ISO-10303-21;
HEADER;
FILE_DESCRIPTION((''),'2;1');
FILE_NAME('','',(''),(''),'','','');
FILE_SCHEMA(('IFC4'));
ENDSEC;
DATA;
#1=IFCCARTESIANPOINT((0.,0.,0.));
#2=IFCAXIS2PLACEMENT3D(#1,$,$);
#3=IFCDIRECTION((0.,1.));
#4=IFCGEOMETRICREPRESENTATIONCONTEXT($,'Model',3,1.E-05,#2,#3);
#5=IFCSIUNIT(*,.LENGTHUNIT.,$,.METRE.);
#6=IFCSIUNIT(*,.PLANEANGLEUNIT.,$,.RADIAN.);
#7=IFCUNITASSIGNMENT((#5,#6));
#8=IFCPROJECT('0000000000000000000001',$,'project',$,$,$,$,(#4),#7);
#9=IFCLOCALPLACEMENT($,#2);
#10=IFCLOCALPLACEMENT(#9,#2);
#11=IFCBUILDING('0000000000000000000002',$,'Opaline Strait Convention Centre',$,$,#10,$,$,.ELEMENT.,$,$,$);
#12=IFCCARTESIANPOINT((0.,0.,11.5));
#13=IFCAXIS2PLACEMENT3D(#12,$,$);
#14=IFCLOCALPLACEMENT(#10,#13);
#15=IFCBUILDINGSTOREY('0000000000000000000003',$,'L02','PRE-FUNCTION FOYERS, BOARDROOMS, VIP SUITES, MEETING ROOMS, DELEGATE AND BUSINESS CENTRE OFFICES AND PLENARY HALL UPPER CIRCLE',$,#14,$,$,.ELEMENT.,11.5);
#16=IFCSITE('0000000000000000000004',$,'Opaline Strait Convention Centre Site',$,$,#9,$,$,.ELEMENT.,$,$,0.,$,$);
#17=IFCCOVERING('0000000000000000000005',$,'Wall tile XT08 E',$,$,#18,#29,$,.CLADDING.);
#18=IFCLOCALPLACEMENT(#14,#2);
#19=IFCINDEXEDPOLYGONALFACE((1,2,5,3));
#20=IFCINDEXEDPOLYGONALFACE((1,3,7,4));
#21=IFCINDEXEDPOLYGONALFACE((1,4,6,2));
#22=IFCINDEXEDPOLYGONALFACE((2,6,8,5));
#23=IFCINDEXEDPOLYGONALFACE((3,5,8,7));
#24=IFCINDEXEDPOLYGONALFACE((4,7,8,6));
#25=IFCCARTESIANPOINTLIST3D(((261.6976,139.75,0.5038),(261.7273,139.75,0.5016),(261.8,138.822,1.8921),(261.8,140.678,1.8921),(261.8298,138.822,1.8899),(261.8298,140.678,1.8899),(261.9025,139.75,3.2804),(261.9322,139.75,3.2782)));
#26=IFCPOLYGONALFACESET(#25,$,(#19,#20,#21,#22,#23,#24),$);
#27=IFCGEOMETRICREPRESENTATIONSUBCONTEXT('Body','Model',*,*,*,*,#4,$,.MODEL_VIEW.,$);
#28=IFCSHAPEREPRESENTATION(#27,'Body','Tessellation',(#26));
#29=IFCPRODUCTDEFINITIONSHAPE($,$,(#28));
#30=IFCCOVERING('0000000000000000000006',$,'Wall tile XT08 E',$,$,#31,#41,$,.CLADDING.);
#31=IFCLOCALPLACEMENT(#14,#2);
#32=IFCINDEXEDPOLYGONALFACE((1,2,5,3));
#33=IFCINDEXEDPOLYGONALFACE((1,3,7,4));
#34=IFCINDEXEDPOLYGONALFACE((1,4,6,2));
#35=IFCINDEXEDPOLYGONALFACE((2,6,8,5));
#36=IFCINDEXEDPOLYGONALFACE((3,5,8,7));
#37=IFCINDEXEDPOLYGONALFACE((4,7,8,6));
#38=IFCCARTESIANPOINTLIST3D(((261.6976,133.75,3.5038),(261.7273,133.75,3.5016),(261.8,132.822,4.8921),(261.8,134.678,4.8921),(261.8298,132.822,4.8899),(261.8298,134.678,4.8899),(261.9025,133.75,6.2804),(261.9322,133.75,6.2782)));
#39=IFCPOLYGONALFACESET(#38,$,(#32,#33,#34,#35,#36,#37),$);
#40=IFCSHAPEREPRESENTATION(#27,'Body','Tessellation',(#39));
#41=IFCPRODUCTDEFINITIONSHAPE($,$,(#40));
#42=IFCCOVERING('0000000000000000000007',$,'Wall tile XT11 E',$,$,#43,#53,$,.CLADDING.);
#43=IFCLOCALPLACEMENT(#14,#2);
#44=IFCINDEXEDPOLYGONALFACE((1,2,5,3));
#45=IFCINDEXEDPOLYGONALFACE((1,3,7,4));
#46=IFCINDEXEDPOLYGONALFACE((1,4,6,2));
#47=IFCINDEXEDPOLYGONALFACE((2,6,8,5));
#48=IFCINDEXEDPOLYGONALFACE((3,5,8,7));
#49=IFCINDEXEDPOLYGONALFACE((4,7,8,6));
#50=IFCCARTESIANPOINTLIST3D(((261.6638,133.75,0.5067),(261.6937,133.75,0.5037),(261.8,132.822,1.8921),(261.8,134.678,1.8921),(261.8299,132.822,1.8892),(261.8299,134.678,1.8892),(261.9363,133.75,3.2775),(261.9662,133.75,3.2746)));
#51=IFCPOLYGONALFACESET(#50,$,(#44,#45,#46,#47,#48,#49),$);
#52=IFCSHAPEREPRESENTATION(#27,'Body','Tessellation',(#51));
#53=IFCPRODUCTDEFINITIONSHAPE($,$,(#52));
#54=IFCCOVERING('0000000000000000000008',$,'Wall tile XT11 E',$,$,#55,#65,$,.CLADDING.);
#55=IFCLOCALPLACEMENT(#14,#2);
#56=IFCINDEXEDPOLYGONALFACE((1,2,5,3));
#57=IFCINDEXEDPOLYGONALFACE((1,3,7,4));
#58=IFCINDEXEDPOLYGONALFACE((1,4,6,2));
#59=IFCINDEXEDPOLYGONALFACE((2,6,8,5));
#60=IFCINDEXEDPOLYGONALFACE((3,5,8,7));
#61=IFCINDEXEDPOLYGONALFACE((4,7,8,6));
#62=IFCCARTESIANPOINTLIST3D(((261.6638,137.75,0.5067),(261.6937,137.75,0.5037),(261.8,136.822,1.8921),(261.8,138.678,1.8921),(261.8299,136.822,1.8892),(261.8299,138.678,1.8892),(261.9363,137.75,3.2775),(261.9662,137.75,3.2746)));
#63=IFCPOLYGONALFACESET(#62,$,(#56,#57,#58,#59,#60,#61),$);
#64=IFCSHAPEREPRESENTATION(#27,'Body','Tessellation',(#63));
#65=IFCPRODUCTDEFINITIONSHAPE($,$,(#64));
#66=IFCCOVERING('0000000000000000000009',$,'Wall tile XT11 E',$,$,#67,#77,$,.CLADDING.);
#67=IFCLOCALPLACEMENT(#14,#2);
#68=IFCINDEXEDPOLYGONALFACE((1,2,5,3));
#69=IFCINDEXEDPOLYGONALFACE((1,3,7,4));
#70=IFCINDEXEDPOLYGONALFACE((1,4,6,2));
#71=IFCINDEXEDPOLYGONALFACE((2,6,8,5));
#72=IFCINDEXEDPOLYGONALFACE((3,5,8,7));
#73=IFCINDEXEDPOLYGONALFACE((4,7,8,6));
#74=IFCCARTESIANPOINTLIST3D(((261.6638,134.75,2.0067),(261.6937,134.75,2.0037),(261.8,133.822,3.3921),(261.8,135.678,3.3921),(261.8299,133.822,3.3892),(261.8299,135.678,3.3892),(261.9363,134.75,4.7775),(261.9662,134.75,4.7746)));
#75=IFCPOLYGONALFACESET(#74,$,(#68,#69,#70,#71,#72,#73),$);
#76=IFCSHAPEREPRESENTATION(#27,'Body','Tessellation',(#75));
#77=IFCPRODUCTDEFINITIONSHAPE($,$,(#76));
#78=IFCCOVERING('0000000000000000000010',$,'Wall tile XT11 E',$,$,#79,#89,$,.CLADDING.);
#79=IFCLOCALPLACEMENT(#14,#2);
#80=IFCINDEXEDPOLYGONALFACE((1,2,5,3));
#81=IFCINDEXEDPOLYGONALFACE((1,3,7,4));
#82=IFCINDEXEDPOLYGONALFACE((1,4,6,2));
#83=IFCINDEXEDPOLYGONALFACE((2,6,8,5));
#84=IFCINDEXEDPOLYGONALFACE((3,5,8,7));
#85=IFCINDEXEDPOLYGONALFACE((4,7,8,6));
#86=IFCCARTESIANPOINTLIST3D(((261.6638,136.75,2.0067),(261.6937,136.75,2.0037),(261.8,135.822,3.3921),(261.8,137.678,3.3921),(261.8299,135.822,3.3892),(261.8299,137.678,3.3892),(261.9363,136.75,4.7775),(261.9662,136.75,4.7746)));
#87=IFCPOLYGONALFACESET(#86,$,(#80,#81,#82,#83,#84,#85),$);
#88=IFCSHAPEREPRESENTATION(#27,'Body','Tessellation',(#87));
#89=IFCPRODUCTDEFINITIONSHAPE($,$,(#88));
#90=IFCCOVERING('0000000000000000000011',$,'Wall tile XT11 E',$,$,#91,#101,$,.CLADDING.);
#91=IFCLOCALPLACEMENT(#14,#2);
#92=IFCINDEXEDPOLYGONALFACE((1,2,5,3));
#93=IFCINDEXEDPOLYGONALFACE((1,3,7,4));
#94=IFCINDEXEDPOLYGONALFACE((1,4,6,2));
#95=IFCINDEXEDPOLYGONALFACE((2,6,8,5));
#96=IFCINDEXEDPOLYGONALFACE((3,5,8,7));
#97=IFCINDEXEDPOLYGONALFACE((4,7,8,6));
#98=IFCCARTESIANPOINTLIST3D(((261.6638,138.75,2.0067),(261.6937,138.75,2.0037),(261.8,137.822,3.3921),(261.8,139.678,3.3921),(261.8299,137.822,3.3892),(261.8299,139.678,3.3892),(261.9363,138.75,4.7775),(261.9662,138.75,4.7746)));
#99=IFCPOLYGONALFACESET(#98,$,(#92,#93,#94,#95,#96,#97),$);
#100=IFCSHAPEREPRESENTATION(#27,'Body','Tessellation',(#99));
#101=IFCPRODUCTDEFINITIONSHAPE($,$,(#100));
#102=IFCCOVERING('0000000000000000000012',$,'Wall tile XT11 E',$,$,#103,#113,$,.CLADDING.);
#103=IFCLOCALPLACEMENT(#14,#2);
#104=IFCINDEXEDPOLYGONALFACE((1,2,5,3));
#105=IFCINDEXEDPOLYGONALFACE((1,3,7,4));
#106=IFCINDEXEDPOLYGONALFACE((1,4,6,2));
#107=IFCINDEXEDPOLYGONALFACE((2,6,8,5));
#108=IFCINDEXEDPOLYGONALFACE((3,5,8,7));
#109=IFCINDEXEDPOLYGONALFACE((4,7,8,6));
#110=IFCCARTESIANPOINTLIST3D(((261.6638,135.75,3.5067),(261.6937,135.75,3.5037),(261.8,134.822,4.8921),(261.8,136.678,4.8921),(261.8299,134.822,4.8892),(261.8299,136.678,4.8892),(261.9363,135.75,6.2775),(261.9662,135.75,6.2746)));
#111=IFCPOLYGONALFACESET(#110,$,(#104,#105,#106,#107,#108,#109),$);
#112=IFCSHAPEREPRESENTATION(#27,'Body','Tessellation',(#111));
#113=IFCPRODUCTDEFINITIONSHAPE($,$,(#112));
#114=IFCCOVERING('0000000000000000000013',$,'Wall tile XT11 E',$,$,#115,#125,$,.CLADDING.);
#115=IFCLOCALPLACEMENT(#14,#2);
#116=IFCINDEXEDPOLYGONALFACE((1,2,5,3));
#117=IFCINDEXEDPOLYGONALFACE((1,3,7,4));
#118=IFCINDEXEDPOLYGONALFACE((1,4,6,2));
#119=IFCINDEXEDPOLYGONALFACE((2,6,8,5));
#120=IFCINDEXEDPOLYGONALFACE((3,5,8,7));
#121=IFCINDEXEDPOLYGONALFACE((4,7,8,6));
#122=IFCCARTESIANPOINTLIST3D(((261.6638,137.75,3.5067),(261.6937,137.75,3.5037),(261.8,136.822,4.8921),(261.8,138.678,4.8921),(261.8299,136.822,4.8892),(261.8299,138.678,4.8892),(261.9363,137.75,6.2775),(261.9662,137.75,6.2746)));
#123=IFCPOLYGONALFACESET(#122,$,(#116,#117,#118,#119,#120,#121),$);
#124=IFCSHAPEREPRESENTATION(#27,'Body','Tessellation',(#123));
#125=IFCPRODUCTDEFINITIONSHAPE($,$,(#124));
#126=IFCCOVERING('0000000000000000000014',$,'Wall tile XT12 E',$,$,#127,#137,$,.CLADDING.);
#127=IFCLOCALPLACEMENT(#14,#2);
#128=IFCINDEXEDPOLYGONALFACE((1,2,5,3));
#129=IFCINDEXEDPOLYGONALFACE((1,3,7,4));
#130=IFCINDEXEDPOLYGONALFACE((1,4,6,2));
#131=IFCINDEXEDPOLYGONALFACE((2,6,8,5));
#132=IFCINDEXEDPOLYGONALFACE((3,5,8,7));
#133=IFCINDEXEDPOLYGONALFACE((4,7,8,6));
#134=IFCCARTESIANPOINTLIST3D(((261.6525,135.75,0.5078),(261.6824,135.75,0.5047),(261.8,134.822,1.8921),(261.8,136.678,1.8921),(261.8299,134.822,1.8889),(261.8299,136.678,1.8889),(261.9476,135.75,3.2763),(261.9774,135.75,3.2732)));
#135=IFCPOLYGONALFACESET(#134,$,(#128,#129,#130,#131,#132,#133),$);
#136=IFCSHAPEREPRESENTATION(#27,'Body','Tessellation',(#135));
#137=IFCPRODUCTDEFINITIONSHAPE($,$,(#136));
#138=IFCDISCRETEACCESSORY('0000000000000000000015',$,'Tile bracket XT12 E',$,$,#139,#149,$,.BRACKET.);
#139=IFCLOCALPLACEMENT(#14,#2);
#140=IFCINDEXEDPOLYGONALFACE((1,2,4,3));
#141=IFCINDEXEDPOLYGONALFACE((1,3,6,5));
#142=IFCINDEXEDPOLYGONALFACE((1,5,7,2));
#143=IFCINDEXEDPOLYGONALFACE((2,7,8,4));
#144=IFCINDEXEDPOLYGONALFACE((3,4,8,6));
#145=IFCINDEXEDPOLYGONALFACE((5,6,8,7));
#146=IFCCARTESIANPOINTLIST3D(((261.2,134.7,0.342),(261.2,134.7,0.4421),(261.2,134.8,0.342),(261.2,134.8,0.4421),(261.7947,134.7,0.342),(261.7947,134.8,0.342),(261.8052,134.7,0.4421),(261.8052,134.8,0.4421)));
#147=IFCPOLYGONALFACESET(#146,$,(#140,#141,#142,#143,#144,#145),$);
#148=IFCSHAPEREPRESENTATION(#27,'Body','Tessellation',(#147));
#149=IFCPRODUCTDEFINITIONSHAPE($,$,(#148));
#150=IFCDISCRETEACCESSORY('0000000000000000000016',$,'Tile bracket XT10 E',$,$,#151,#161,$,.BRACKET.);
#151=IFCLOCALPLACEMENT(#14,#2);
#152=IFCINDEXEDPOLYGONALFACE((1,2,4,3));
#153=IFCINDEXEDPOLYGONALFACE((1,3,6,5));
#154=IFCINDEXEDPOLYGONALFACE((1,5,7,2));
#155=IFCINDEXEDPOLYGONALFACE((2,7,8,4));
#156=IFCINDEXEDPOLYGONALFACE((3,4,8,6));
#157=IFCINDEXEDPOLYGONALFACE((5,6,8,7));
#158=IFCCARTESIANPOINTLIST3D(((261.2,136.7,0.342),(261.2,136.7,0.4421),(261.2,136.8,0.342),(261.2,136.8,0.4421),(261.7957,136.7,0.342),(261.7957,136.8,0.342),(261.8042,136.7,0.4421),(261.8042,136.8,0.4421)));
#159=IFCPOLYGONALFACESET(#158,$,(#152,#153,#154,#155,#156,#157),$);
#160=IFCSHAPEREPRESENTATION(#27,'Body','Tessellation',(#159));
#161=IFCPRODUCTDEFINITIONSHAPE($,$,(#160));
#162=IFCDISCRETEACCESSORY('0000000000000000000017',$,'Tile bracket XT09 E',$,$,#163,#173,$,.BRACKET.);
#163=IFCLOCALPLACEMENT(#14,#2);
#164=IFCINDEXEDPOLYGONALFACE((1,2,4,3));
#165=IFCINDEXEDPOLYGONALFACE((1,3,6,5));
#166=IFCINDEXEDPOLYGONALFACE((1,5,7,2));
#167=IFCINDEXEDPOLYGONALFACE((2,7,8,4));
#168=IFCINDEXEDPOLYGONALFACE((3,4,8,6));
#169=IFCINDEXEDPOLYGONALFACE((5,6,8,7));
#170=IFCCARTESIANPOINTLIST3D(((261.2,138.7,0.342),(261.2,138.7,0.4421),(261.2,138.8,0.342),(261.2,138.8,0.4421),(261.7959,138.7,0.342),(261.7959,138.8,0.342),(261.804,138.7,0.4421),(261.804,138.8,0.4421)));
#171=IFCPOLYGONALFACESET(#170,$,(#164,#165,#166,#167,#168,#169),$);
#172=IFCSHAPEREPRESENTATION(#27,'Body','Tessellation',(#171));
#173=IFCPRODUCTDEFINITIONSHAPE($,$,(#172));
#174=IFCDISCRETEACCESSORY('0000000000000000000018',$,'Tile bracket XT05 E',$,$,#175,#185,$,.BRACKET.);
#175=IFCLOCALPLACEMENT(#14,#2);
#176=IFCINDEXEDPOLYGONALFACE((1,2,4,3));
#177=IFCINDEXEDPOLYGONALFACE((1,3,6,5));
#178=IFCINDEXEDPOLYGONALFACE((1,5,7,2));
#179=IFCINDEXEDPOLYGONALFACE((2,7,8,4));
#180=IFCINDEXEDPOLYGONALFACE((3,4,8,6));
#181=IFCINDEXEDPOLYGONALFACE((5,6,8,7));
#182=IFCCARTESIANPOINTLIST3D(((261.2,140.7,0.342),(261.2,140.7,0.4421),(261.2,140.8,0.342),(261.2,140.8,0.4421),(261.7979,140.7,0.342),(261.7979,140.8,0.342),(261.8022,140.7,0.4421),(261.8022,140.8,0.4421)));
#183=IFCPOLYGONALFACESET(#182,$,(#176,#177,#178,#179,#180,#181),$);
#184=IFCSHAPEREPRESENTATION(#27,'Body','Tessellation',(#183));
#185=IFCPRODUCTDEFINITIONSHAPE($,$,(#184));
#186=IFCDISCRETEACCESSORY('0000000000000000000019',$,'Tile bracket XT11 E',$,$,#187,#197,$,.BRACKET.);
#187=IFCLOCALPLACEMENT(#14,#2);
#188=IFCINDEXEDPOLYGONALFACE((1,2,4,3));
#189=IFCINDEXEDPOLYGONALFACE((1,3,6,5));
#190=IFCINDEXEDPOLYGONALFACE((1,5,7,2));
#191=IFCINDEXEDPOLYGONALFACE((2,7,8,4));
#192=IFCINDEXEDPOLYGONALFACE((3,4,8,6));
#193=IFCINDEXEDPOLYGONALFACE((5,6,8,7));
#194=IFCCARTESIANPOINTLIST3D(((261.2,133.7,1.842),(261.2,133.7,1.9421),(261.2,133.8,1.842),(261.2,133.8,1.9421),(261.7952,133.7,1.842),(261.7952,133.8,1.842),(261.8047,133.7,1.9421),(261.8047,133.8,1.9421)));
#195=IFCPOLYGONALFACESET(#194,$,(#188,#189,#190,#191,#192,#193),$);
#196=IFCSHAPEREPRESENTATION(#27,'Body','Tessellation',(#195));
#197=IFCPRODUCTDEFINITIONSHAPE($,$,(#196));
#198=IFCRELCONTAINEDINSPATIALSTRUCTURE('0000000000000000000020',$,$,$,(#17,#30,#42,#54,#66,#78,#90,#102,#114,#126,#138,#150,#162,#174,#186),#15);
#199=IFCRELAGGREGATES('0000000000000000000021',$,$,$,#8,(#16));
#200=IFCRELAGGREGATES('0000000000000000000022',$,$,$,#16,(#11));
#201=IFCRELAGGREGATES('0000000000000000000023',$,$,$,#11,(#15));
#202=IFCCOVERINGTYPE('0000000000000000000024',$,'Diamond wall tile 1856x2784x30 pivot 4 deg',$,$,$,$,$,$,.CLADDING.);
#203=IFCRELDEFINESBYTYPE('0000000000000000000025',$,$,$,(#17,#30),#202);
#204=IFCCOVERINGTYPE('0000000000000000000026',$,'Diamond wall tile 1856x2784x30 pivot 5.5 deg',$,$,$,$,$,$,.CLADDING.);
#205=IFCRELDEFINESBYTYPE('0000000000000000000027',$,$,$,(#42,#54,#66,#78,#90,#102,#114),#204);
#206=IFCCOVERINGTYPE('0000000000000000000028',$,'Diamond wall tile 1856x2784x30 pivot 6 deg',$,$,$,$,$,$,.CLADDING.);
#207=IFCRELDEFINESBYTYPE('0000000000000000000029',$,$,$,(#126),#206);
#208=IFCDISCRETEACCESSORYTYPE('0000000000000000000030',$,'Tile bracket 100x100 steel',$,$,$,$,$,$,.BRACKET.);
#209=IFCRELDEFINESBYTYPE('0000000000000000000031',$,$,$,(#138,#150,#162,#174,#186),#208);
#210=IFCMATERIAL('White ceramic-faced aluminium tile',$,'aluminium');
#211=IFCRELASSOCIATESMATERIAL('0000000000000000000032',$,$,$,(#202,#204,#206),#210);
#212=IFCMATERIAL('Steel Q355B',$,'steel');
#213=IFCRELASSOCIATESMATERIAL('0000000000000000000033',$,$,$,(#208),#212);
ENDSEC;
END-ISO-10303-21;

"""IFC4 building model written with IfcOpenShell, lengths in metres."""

from ifc_helpers import new_model, si_unit, direction, frame, origin, place, context, subcontext, project, spatial, polyline, outline, extrude, material, material_profile, profile_set, type_object, element, save


model = new_model("IFC4")

# Units and contexts
model_context = context("Model", 3, precision=1e-05, world=origin(), true_north=direction((0.0, 1.0)))
body_context = subcontext(model_context, "Body", "Model", "MODEL_VIEW")
ifc_project = project(units=[si_unit("LENGTHUNIT", "METRE"), si_unit("PLANEANGLEUNIT", "RADIAN")], contexts=[model_context])

# Site, building, storey
site_placement = place(None, origin())
site = spatial("IfcSite", under=ifc_project, at=site_placement, Name="Opaline Strait Convention Centre Site", CompositionType="ELEMENT", RefElevation=0.0)
building_placement = place(site_placement, origin())
building = spatial("IfcBuilding", under=site, at=building_placement, Name="Opaline Strait Convention Centre", CompositionType="ELEMENT")
storey_placement = place(building_placement, frame((0.0, 0.0, 11.5)))
storey = spatial("IfcBuildingStorey", under=building, at=storey_placement, Name="L02", Description="PRE-FUNCTION FOYERS, BOARDROOMS, VIP SUITES, MEETING ROOMS, DELEGATE AND BUSINESS CENTRE OFFICES AND PLENARY HALL UPPER CIRCLE", CompositionType="ELEMENT", Elevation=11.5)

# Coverings
ifc_material_1 = material(Name="White ceramic-faced aluminium tile", Category="aluminium")
ifc_material_profile_1 = material_profile(ifc_material_1, outline(polyline([(0.928, 0.0), (0.0, 1.3921), (-0.928, 0.0), (0.0, -1.3921), (0.928, 0.0)])), Name="Diamond tile 1856x2784")
ifc_profile_set_1 = profile_set([ifc_material_profile_1], Name="White ceramic-faced aluminium tile")
covering_type_1 = type_object("IfcCoveringType", Name="Diamond wall tile 1856x2784x30 pivot 4 deg", PredefinedType="CLADDING", material=ifc_profile_set_1)
for number, where, z_axis, x_axis, name in (
    (1, (261.8, 139.75, 1.8921), (0.99729, 0.0, -0.073571), (0.0, 1.0, 0.0), "Wall tile XT08 E"),
    (2, (261.8, 133.75, 4.8921), (0.99729, 0.0, -0.073571), (0.0, 1.0, 0.0), "Wall tile XT08 E"),
):
    element("IfcCovering", number, at=place(storey_placement, frame(where, z_axis=z_axis, x_axis=x_axis)), inside=storey, type_object=covering_type_1, Name=name, PredefinedType="CLADDING", context=body_context, shape_type="SweptSolid", body=[
        extrude(outline(polyline([(0.928, 0.0), (0.0, 1.3921), (-0.928, 0.0), (0.0, -1.3921), (0.928, 0.0)])), origin(), (0.0, 0.0, 1.0), 0.0298),
    ])
ifc_material_profile_2 = material_profile(ifc_material_1, outline(polyline([(0.928, 0.0), (0.0, 1.3921), (-0.928, 0.0), (0.0, -1.3921), (0.928, 0.0)])), Name="Diamond tile 1856x2784")
ifc_profile_set_2 = profile_set([ifc_material_profile_2], Name="White ceramic-faced aluminium tile")
covering_type_2 = type_object("IfcCoveringType", Name="Diamond wall tile 1856x2784x30 pivot 5.5 deg", PredefinedType="CLADDING", material=ifc_profile_set_2)
for number, where, z_axis, x_axis, name in (
    (3, (261.8, 133.75, 1.8921), (0.995197, 0.0, -0.097888), (0.0, 1.0, 0.0), "Wall tile XT11 E"),
    (4, (261.8, 137.75, 1.8921), (0.995197, 0.0, -0.097888), (0.0, 1.0, 0.0), "Wall tile XT11 E"),
    (5, (261.8, 134.75, 3.3921), (0.995197, 0.0, -0.097888), (0.0, 1.0, 0.0), "Wall tile XT11 E"),
    (6, (261.8, 136.75, 3.3921), (0.995197, 0.0, -0.097888), (0.0, 1.0, 0.0), "Wall tile XT11 E"),
    (7, (261.8, 138.75, 3.3921), (0.995197, 0.0, -0.097888), (0.0, 1.0, 0.0), "Wall tile XT11 E"),
    (8, (261.8, 135.75, 4.8921), (0.995197, 0.0, -0.097888), (0.0, 1.0, 0.0), "Wall tile XT11 E"),
    (9, (261.8, 137.75, 4.8921), (0.995197, 0.0, -0.097888), (0.0, 1.0, 0.0), "Wall tile XT11 E"),
):
    element("IfcCovering", number, at=place(storey_placement, frame(where, z_axis=z_axis, x_axis=x_axis)), inside=storey, type_object=covering_type_2, Name=name, PredefinedType="CLADDING", context=body_context, shape_type="SweptSolid", body=[
        extrude(outline(polyline([(0.928, 0.0), (0.0, 1.3921), (-0.928, 0.0), (0.0, -1.3921), (0.928, 0.0)])), origin(), (0.0, 0.0, 1.0), 0.03),
    ])
ifc_material_profile_3 = material_profile(ifc_material_1, outline(polyline([(0.928, 0.0), (0.0, 1.3921), (-0.928, 0.0), (0.0, -1.3921), (0.928, 0.0)])), Name="Diamond tile 1856x2784")
ifc_profile_set_3 = profile_set([ifc_material_profile_3], Name="White ceramic-faced aluminium tile")
covering_type_3 = type_object("IfcCoveringType", Name="Diamond wall tile 1856x2784x30 pivot 6 deg", PredefinedType="CLADDING", material=ifc_profile_set_3)
covering_placement = place(storey_placement, frame((261.8, 135.75, 1.8921), z_axis=(0.994371, 0.0, -0.105958), x_axis=(0.0, 1.0, 0.0)))
element("IfcCovering", 10, at=covering_placement, inside=storey, type_object=covering_type_3, Name="Wall tile XT12 E", PredefinedType="CLADDING", context=body_context, shape_type="SweptSolid", body=[
    extrude(outline(polyline([(0.928, 0.0), (0.0, 1.3921), (-0.928, 0.0), (0.0, -1.3921), (0.928, 0.0)])), origin(), (0.0, 0.0, 1.0), 0.03),
])

# Discrete accessories
ifc_material_2 = material(Name="Steel Q355B", Category="steel")
discrete_accessory_type = type_object("IfcDiscreteAccessoryType", Name="Tile bracket 100x100 steel", PredefinedType="BRACKET", material=ifc_material_2)
discrete_accessory_1_placement = place(storey_placement, frame((261.2, 134.7, 0.3921), z_axis=(0.0, 1.0, 0.0), x_axis=(-1.0, 0.0, 0.0)))
element("IfcDiscreteAccessory", 11, at=discrete_accessory_1_placement, inside=storey, type_object=discrete_accessory_type, Name="Tile bracket XT12 E", PredefinedType="BRACKET", context=body_context, shape_type="SweptSolid", body=[
    extrude(outline(polyline([(0.0, -0.05), (0.0, 0.05), (-0.6052, 0.05), (-0.5947, -0.05), (0.0, -0.05)])), origin(), (0.0, 0.0, 1.0), 0.1001),
])
discrete_accessory_2_placement = place(storey_placement, frame((261.2, 136.7, 0.3921), z_axis=(0.0, 1.0, 0.0), x_axis=(-1.0, 0.0, 0.0)))
element("IfcDiscreteAccessory", 12, at=discrete_accessory_2_placement, inside=storey, type_object=discrete_accessory_type, Name="Tile bracket XT10 E", PredefinedType="BRACKET", context=body_context, shape_type="SweptSolid", body=[
    extrude(outline(polyline([(0.0, -0.05), (0.0, 0.05), (-0.6042, 0.05), (-0.5957, -0.05), (0.0, -0.05)])), origin(), (0.0, 0.0, 1.0), 0.1001),
])
discrete_accessory_3_placement = place(storey_placement, frame((261.2, 138.7, 0.3921), z_axis=(0.0, 1.0, 0.0), x_axis=(-1.0, 0.0, 0.0)))
element("IfcDiscreteAccessory", 13, at=discrete_accessory_3_placement, inside=storey, type_object=discrete_accessory_type, Name="Tile bracket XT09 E", PredefinedType="BRACKET", context=body_context, shape_type="SweptSolid", body=[
    extrude(outline(polyline([(0.0, -0.05), (0.0, 0.05), (-0.604, 0.05), (-0.5959, -0.05), (0.0, -0.05)])), origin(), (0.0, 0.0, 1.0), 0.1001),
])
discrete_accessory_4_placement = place(storey_placement, frame((261.2, 140.7, 0.3921), z_axis=(0.0, 1.0, 0.0), x_axis=(-1.0, 0.0, 0.0)))
element("IfcDiscreteAccessory", 14, at=discrete_accessory_4_placement, inside=storey, type_object=discrete_accessory_type, Name="Tile bracket XT05 E", PredefinedType="BRACKET", context=body_context, shape_type="SweptSolid", body=[
    extrude(outline(polyline([(0.0, -0.05), (0.0, 0.05), (-0.6023, 0.05), (-0.5979, -0.05), (0.0, -0.05)])), origin(), (0.0, 0.0, 1.0), 0.1001),
])
discrete_accessory_5_placement = place(storey_placement, frame((261.2, 133.7, 1.8921), z_axis=(0.0, 1.0, 0.0), x_axis=(-1.0, 0.0, 0.0)))
element("IfcDiscreteAccessory", 15, at=discrete_accessory_5_placement, inside=storey, type_object=discrete_accessory_type, Name="Tile bracket XT11 E", PredefinedType="BRACKET", context=body_context, shape_type="SweptSolid", body=[
    extrude(outline(polyline([(0.0, -0.05), (0.0, 0.05), (-0.6047, 0.05), (-0.5952, -0.05), (0.0, -0.05)])), origin(), (0.0, 0.0, 1.0), 0.1001),
])

save(model, "model.ifc")
